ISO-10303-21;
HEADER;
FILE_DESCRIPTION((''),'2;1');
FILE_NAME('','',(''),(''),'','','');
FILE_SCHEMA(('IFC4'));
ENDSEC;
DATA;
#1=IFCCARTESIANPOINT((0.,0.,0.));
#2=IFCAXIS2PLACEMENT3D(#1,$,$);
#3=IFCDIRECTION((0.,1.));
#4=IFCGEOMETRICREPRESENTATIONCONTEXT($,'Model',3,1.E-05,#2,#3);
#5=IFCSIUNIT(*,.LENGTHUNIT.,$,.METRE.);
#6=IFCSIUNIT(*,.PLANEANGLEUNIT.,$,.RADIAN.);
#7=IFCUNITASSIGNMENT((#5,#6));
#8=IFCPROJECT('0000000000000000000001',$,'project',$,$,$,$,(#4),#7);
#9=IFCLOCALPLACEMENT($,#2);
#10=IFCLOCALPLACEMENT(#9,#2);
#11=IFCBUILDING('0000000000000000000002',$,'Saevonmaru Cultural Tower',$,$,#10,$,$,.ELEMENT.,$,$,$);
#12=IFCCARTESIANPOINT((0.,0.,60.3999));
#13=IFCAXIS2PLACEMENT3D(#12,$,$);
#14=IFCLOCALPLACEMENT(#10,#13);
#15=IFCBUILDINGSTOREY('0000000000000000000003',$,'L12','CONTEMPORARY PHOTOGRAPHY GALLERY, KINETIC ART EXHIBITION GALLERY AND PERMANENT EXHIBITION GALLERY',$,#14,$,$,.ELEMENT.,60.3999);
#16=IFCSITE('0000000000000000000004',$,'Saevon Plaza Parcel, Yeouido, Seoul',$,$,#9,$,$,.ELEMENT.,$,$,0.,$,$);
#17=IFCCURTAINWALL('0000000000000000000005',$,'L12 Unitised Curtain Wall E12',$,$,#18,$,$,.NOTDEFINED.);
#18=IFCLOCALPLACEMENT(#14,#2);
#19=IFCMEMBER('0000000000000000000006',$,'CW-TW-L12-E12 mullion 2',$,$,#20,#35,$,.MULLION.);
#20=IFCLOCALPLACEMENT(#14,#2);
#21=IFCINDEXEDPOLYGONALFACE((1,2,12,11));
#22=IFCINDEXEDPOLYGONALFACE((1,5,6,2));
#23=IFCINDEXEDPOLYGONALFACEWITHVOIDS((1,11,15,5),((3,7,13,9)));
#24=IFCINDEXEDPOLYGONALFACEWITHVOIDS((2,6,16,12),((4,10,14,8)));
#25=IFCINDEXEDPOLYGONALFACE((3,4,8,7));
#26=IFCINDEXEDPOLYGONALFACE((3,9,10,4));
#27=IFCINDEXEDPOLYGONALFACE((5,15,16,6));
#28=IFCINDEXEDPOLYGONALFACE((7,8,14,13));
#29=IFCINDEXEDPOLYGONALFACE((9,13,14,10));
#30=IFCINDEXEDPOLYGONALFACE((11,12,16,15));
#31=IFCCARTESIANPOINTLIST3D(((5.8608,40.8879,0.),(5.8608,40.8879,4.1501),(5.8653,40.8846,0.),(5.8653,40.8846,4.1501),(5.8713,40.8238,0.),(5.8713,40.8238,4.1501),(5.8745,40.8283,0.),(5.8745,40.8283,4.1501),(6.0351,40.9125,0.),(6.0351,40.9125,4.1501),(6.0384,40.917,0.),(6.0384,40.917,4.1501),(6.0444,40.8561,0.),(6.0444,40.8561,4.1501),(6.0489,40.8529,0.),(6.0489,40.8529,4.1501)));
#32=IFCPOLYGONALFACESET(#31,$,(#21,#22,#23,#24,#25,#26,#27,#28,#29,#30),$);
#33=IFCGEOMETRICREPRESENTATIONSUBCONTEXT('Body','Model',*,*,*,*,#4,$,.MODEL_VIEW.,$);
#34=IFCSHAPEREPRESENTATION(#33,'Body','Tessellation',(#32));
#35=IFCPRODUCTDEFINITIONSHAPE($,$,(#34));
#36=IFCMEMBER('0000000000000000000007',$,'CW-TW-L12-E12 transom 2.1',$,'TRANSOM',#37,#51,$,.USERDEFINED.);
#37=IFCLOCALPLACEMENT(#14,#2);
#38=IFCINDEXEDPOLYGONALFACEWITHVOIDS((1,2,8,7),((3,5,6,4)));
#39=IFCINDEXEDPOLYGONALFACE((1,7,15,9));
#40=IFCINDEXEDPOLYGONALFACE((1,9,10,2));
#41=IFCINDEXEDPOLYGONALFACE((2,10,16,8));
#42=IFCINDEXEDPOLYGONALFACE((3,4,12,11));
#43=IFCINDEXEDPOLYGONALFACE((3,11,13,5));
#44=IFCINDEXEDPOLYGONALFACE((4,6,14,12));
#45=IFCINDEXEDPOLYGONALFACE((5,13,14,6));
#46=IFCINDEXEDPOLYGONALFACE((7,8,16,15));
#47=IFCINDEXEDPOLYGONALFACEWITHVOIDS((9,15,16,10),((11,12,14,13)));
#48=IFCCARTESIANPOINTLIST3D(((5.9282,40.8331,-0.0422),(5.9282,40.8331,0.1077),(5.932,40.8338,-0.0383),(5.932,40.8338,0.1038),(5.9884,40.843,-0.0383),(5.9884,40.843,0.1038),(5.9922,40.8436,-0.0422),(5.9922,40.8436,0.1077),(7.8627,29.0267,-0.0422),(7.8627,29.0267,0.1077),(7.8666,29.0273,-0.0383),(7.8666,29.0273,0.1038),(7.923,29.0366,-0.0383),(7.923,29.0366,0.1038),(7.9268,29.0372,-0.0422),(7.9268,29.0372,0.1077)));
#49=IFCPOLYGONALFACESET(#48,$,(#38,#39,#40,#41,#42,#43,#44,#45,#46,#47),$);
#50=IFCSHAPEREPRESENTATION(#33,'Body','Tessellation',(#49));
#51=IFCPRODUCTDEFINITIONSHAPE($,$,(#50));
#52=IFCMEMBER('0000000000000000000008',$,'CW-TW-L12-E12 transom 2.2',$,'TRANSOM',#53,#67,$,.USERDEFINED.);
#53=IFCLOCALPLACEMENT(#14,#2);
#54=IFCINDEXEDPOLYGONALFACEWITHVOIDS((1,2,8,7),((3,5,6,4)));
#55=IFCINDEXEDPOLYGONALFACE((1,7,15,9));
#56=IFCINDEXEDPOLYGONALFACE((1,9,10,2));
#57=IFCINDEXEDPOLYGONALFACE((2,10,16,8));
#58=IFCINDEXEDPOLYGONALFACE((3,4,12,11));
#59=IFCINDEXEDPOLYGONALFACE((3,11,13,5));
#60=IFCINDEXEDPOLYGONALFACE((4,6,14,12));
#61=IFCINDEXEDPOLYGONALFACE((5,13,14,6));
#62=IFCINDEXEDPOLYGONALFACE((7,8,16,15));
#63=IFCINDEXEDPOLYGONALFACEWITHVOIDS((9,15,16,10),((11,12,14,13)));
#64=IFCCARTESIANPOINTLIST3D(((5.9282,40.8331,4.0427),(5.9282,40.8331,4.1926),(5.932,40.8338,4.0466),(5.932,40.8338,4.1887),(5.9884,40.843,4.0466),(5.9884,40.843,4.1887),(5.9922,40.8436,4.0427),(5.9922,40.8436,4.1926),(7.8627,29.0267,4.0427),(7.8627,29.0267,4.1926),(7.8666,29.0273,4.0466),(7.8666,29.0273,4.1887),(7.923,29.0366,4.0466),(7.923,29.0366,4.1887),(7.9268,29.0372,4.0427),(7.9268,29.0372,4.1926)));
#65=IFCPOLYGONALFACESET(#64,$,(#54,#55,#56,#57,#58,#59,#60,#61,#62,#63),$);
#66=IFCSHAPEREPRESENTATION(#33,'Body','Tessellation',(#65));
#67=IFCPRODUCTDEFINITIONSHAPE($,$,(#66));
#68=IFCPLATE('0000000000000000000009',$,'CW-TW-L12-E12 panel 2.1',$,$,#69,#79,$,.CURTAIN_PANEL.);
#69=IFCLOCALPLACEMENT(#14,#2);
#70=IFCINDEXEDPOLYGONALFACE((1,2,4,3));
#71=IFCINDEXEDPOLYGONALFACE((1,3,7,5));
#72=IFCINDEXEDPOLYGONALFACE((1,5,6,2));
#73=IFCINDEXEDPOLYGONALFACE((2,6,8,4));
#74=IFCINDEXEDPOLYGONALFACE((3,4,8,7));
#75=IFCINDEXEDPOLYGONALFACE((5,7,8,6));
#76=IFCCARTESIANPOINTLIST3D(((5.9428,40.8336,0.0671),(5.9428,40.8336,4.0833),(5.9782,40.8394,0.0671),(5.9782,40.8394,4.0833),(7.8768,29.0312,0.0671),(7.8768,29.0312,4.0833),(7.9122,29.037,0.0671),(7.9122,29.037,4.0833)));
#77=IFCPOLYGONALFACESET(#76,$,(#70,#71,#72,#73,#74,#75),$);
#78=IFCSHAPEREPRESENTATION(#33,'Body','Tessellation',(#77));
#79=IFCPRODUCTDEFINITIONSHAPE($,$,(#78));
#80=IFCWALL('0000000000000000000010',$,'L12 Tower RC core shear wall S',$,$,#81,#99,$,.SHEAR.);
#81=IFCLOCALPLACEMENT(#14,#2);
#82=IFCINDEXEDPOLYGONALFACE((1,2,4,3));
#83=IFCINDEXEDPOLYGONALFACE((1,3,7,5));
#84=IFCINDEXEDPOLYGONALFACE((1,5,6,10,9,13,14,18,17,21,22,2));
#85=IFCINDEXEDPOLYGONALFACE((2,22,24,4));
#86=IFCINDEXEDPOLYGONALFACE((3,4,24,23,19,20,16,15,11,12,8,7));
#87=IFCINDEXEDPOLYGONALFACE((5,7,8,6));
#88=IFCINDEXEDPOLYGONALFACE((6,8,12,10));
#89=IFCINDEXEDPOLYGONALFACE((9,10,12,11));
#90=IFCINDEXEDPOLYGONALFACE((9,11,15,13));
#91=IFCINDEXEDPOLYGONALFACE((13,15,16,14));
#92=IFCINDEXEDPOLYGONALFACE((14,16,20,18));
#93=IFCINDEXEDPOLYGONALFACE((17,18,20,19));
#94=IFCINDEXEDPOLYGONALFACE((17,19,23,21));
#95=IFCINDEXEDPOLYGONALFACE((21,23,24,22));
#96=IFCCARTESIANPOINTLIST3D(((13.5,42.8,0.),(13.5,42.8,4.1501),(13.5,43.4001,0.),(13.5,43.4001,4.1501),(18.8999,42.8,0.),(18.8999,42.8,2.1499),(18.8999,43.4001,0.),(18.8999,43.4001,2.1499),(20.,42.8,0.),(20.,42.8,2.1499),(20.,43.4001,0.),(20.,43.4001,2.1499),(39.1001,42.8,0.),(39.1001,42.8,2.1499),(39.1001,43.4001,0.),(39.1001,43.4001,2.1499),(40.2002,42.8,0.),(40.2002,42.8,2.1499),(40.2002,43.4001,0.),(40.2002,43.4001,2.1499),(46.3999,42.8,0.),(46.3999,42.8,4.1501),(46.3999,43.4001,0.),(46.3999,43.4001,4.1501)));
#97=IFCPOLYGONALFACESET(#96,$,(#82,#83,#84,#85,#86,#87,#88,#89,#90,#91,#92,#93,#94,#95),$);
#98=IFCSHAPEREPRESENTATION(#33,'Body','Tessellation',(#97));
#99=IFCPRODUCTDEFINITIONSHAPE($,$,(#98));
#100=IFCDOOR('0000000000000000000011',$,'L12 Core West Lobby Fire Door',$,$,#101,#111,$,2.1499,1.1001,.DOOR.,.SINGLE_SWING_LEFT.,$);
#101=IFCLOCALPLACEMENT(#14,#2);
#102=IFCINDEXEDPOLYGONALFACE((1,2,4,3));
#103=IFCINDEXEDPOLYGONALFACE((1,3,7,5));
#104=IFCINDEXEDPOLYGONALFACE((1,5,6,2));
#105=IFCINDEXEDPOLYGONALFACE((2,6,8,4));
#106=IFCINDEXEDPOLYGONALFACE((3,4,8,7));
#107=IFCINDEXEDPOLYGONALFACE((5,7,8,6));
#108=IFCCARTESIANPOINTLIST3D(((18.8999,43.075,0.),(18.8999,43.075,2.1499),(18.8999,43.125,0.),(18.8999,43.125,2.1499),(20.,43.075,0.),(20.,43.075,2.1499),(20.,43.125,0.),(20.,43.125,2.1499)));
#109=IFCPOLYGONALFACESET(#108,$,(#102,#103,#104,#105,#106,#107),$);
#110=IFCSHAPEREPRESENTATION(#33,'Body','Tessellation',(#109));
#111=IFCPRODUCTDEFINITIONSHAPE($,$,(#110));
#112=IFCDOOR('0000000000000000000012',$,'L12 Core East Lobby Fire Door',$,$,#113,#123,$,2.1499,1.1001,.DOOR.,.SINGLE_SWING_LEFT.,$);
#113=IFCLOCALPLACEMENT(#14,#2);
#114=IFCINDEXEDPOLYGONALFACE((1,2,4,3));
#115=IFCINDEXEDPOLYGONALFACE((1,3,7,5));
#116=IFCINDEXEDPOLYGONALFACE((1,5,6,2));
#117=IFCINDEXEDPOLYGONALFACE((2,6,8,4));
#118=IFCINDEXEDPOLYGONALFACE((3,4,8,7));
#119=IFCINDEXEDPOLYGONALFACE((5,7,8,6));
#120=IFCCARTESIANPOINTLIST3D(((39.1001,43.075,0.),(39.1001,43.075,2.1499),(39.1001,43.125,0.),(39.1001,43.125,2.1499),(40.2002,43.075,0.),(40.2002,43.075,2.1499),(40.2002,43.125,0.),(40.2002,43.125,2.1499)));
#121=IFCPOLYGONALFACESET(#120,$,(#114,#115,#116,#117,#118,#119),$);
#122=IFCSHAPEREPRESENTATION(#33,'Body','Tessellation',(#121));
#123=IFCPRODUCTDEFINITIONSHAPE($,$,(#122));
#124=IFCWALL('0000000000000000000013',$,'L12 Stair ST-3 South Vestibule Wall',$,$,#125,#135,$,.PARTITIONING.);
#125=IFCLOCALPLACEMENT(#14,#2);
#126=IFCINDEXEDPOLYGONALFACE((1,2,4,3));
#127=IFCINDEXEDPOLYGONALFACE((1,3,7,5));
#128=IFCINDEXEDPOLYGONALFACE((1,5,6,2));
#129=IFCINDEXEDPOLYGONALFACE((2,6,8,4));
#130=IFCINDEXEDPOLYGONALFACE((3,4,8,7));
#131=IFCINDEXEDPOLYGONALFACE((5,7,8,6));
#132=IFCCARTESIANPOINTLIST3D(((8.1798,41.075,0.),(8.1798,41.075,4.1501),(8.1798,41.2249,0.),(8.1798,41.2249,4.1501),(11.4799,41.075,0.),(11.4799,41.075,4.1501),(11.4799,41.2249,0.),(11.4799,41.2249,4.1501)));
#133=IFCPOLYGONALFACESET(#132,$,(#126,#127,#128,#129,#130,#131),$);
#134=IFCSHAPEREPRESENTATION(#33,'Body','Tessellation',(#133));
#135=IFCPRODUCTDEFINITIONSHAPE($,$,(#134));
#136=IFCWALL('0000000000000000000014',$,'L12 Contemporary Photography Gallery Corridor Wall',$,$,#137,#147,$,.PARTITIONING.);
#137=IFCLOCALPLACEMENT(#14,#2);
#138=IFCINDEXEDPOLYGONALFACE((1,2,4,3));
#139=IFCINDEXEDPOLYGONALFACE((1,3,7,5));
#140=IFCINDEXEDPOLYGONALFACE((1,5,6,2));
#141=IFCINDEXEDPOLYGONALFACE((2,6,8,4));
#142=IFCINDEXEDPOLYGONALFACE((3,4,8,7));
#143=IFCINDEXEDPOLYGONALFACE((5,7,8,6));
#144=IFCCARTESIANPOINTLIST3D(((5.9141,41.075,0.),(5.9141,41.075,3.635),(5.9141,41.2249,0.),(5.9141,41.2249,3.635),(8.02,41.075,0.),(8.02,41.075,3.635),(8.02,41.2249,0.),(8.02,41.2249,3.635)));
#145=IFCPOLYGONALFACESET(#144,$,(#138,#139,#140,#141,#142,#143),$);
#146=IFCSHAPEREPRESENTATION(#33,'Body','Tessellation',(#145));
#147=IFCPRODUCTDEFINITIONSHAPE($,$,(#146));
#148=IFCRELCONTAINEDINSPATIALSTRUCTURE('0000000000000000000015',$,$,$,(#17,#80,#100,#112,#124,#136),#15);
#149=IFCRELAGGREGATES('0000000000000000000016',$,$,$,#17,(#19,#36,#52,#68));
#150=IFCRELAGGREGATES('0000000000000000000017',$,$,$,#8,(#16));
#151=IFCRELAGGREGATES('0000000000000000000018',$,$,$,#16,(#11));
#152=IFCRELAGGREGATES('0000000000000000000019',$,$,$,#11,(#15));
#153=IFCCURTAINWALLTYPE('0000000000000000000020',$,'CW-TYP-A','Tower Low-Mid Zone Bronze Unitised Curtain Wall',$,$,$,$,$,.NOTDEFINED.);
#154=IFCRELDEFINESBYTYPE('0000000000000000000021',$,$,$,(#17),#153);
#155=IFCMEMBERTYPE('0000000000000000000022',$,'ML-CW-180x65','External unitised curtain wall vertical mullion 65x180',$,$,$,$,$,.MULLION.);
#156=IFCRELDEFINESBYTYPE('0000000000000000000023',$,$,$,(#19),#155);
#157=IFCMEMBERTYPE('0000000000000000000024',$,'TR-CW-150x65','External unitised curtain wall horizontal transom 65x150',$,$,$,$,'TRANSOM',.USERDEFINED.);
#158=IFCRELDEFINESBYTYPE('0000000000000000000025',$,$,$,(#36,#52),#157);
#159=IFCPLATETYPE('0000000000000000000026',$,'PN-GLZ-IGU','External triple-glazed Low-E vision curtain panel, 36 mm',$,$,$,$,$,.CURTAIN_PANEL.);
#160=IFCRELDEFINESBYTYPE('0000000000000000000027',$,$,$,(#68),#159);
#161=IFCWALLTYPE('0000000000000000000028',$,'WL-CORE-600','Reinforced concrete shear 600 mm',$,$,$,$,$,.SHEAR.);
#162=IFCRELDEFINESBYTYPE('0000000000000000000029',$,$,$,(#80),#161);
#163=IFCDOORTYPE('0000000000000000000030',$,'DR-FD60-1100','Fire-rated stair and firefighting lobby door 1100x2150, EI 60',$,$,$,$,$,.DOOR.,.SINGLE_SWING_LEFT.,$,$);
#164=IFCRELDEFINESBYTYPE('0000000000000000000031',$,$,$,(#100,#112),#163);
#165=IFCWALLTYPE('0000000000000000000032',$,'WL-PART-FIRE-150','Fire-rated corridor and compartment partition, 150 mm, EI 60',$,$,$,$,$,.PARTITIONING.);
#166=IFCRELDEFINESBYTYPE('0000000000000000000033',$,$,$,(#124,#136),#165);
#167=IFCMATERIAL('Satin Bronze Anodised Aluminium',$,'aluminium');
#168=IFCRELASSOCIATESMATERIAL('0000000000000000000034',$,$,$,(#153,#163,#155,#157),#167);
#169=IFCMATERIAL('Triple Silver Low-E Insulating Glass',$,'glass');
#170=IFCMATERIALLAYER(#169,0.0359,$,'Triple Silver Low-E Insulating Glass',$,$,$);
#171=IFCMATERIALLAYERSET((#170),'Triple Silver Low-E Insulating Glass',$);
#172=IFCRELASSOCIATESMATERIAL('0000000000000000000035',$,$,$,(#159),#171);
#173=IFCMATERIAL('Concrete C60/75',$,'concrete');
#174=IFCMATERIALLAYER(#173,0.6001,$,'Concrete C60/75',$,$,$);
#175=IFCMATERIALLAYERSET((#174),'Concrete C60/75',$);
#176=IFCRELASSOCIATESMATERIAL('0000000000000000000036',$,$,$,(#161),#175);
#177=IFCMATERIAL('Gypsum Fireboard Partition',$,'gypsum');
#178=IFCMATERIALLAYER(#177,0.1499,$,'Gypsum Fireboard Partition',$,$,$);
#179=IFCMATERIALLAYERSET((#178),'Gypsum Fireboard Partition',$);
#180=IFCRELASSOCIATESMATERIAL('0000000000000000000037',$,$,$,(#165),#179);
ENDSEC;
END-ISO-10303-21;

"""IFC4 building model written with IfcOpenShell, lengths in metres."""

from ifc_helpers import new_model, si_unit, direction, frame, frame_2d, origin, origin_2d, place, context, subcontext, project, spatial, rectangle, hollow_rectangle, extrude, material, layer, layer_set, material_profile, profile_set, type_object, element, fill, aggregate, save


model = new_model("IFC4")

# Units and contexts
model_context = context("Model", 3, precision=1e-05, world=origin(), true_north=direction((0.0, 1.0)))
body_context = subcontext(model_context, "Body", "Model", "MODEL_VIEW")
ifc_project = project(units=[si_unit("LENGTHUNIT", "METRE"), si_unit("PLANEANGLEUNIT", "RADIAN")], contexts=[model_context])

# Site, building, storey
site_placement = place(None, origin())
site = spatial("IfcSite", under=ifc_project, at=site_placement, Name="Saevon Plaza Parcel, Yeouido, Seoul", CompositionType="ELEMENT", RefElevation=0.0)
building_placement = place(site_placement, origin())
building = spatial("IfcBuilding", under=site, at=building_placement, Name="Saevonmaru Cultural Tower", CompositionType="ELEMENT")
storey_placement = place(building_placement, frame((0.0, 0.0, 60.3999)))
storey = spatial("IfcBuildingStorey", under=building, at=storey_placement, Name="L12", Description="CONTEMPORARY PHOTOGRAPHY GALLERY, KINETIC ART EXHIBITION GALLERY AND PERMANENT EXHIBITION GALLERY", CompositionType="ELEMENT", Elevation=60.3999)

# Curtain wall, members, plate
ifc_material_1 = material(Name="Satin Bronze Anodised Aluminium", Category="aluminium")
curtain_wall_type = type_object("IfcCurtainWallType", Name="CW-TYP-A", Description="Tower Low-Mid Zone Bronze Unitised Curtain Wall", PredefinedType="NOTDEFINED", material=ifc_material_1)
curtain_wall_placement = place(storey_placement, origin())
curtain_wall = element("IfcCurtainWall", 1, at=curtain_wall_placement, inside=storey, type_object=curtain_wall_type, Name="L12 Unitised Curtain Wall E12", PredefinedType="NOTDEFINED")
ifc_material_profile_1 = material_profile(ifc_material_1, hollow_rectangle(XDim=0.0649, YDim=0.1799, WallThickness=0.0039, at=origin_2d()), Name="ALU-MULL-180x65x4")
ifc_profile_set_1 = profile_set([ifc_material_profile_1], Name="Satin Bronze Anodised Aluminium")
member_type_1 = type_object("IfcMemberType", Name="ML-CW-180x65", Description="External unitised curtain wall vertical mullion 65x180", PredefinedType="MULLION", material=ifc_profile_set_1)
member_1_placement = place(storey_placement, frame((5.9548, 40.8704, 0.0), z_axis=(0.0, 0.0, 1.0), x_axis=(0.161709, -0.986839, 0.0)))
member_1 = element("IfcMember", 2, at=member_1_placement, type_object=member_type_1, Name="CW-TW-L12-E12 mullion 2", PredefinedType="MULLION", context=body_context, shape_type="SweptSolid", body=[
    extrude(hollow_rectangle(XDim=0.0649, YDim=0.1799, WallThickness=0.0039, at=origin_2d()), origin(), (0.0, 0.0, 1.0), 4.1501),
])
ifc_material_profile_2 = material_profile(ifc_material_1, hollow_rectangle(XDim=0.0649, YDim=0.1499, WallThickness=0.0039, at=origin_2d()), Name="ALU-TRAN-150x65x4")
ifc_profile_set_2 = profile_set([ifc_material_profile_2], Name="Satin Bronze Anodised Aluminium")
member_type_2 = type_object("IfcMemberType", Name="TR-CW-150x65", Description="External unitised curtain wall horizontal transom 65x150", ElementType="TRANSOM", PredefinedType="USERDEFINED", material=ifc_profile_set_2)
member_2_placement = place(storey_placement, frame((5.9602, 40.8384, 0.0327), z_axis=(0.161701, -0.98684, 0.0), x_axis=(0.98684, 0.161701, 0.0)))
member_2 = element("IfcMember", 3, at=member_2_placement, type_object=member_type_2, Name="CW-TW-L12-E12 transom 2.1", ObjectType="TRANSOM", PredefinedType="USERDEFINED", context=body_context, shape_type="SweptSolid", body=[
    extrude(hollow_rectangle(XDim=0.0649, YDim=0.1499, WallThickness=0.0039, at=origin_2d()), origin(), (0.0, 0.0, 1.0), 11.9639),
])
member_3_placement = place(storey_placement, frame((5.9602, 40.8384, 4.1177), z_axis=(0.161701, -0.98684, 0.0), x_axis=(0.98684, 0.161701, 0.0)))
member_3 = element("IfcMember", 4, at=member_3_placement, type_object=member_type_2, Name="CW-TW-L12-E12 transom 2.2", ObjectType="TRANSOM", PredefinedType="USERDEFINED", context=body_context, shape_type="SweptSolid", body=[
    extrude(hollow_rectangle(XDim=0.0649, YDim=0.1499, WallThickness=0.0039, at=origin_2d()), origin(), (0.0, 0.0, 1.0), 11.9639),
])
ifc_material_2 = material(Name="Triple Silver Low-E Insulating Glass", Category="glass")
ifc_layer_1 = layer(ifc_material_2, 0.0359, Name="Triple Silver Low-E Insulating Glass")
ifc_layer_set_1 = layer_set([ifc_layer_1], Name="Triple Silver Low-E Insulating Glass")
plate_type = type_object("IfcPlateType", Name="PN-GLZ-IGU", Description="External triple-glazed Low-E vision curtain panel, 36 mm", PredefinedType="CURTAIN_PANEL", material=ifc_layer_set_1)
plate_placement = place(storey_placement, frame((6.9275, 34.9353, 0.0671), z_axis=(0.0, 0.0, 1.0), x_axis=(0.161709, -0.986839, 0.0)))
plate = element("IfcPlate", 5, at=plate_placement, type_object=plate_type, Name="CW-TW-L12-E12 panel 2.1", PredefinedType="CURTAIN_PANEL", context=body_context, shape_type="SweptSolid", body=[
    extrude(rectangle(XDim=11.9597, YDim=0.0359, at=origin_2d()), origin(), (0.0, 0.0, 1.0), 4.0161),
])
aggregate(curtain_wall, [member_1, member_2, member_3, plate])

# Wall, openings, doors
ifc_material_3 = material(Name="Concrete C60/75", Category="concrete")
ifc_layer_2 = layer(ifc_material_3, 0.6001, Name="Concrete C60/75")
ifc_layer_set_2 = layer_set([ifc_layer_2], Name="Concrete C60/75")
wall_type_1 = type_object("IfcWallType", Name="WL-CORE-600", Description="Reinforced concrete shear 600 mm", PredefinedType="SHEAR", material=ifc_layer_set_2)
wall_1_placement = place(storey_placement, frame((13.5, 43.1001, 0.0), z_axis=(0.0, 0.0, 1.0), x_axis=(1.0, 0.0, 0.0)))
wall_1 = element("IfcWall", 6, at=wall_1_placement, inside=storey, type_object=wall_type_1, Name="L12 Tower RC core shear wall S", PredefinedType="SHEAR", context=body_context, shape_type="SweptSolid", body=[
    extrude(rectangle(XDim=32.8999, YDim=0.6001, at=frame_2d((16.45, 0.0))), origin(), (0.0, 0.0, 1.0), 4.1501),
])
opening_1_placement = place(wall_1_placement, frame((5.3999, 0.0, 0.0)))
opening_1 = element("IfcOpeningElement", 7, at=opening_1_placement, cuts=wall_1, PredefinedType="OPENING", context=body_context, shape_type="SweptSolid", body=[
    extrude(rectangle(XDim=1.1001, YDim=2.1499, at=frame_2d((0.55, 1.075))), frame((0.0, 0.3101, 0.0), z_axis=(0.0, -1.0, 0.0), x_axis=(1.0, 0.0, 0.0)), (0.0, 0.0, 1.0), 0.6201),
])
opening_2_placement = place(wall_1_placement, frame((25.6001, 0.0, 0.0)))
opening_2 = element("IfcOpeningElement", 8, at=opening_2_placement, cuts=wall_1, PredefinedType="OPENING", context=body_context, shape_type="SweptSolid", body=[
    extrude(rectangle(XDim=1.1001, YDim=2.1499, at=frame_2d((0.55, 1.075))), frame((0.0, 0.3101, 0.0), z_axis=(0.0, -1.0, 0.0), x_axis=(1.0, 0.0, 0.0)), (0.0, 0.0, 1.0), 0.6201),
])
door_type_1 = type_object("IfcDoorType", Name="DR-FD60-1100", Description="Fire-rated stair and firefighting lobby door 1100x2150, EI 60", OperationType="SINGLE_SWING_LEFT", PredefinedType="DOOR", material=ifc_material_1)
door_1_placement = place(opening_1_placement, origin())
door_1 = element("IfcDoor", 9, at=door_1_placement, inside=storey, type_object=door_type_1, Name="L12 Core West Lobby Fire Door", OperationType="SINGLE_SWING_LEFT", OverallHeight=2.1499, OverallWidth=1.1001, PredefinedType="DOOR", context=body_context, shape_type="SweptSolid", body=[
    extrude(rectangle(XDim=1.1001, YDim=2.1499, at=frame_2d((0.55, 1.075))), frame((0.0, 0.0249, 0.0), z_axis=(0.0, -1.0, 0.0), x_axis=(1.0, 0.0, 0.0)), (0.0, 0.0, 1.0), 0.05),
])
fill(opening_1, door_1)
door_2_placement = place(opening_2_placement, origin())
door_2 = element("IfcDoor", 10, at=door_2_placement, inside=storey, type_object=door_type_1, Name="L12 Core East Lobby Fire Door", OperationType="SINGLE_SWING_LEFT", OverallHeight=2.1499, OverallWidth=1.1001, PredefinedType="DOOR", context=body_context, shape_type="SweptSolid", body=[
    extrude(rectangle(XDim=1.1001, YDim=2.1499, at=frame_2d((0.55, 1.075))), frame((0.0, 0.0249, 0.0), z_axis=(0.0, -1.0, 0.0), x_axis=(1.0, 0.0, 0.0)), (0.0, 0.0, 1.0), 0.05),
])
fill(opening_2, door_2)

# Walls
ifc_material_4 = material(Name="Gypsum Fireboard Partition", Category="gypsum")
ifc_layer_3 = layer(ifc_material_4, 0.1499, Name="Gypsum Fireboard Partition")
ifc_layer_set_3 = layer_set([ifc_layer_3], Name="Gypsum Fireboard Partition")
wall_type_2 = type_object("IfcWallType", Name="WL-PART-FIRE-150", Description="Fire-rated corridor and compartment partition, 150 mm, EI 60", PredefinedType="PARTITIONING", material=ifc_layer_set_3)
wall_2_placement = place(storey_placement, frame((8.1799, 41.1499, 0.0), z_axis=(0.0, 0.0, 1.0), x_axis=(1.0, 0.0, 0.0)))
element("IfcWall", 11, at=wall_2_placement, inside=storey, type_object=wall_type_2, Name="L12 Stair ST-3 South Vestibule Wall", PredefinedType="PARTITIONING", context=body_context, shape_type="SweptSolid", body=[
    extrude(rectangle(XDim=3.3, YDim=0.1499, at=frame_2d((1.6499, 0.0))), origin(), (0.0, 0.0, 1.0), 4.1501),
])
wall_3_placement = place(storey_placement, frame((5.9141, 41.1499, 0.0), z_axis=(0.0, 0.0, 1.0), x_axis=(1.0, 0.0, 0.0)))
element("IfcWall", 12, at=wall_3_placement, inside=storey, type_object=wall_type_2, Name="L12 Contemporary Photography Gallery Corridor Wall", PredefinedType="PARTITIONING", context=body_context, shape_type="SweptSolid", body=[
    extrude(rectangle(XDim=2.106, YDim=0.1499, at=frame_2d((1.053, 0.0))), origin(), (0.0, 0.0, 1.0), 3.635),
])

save(model, "model.ifc")
